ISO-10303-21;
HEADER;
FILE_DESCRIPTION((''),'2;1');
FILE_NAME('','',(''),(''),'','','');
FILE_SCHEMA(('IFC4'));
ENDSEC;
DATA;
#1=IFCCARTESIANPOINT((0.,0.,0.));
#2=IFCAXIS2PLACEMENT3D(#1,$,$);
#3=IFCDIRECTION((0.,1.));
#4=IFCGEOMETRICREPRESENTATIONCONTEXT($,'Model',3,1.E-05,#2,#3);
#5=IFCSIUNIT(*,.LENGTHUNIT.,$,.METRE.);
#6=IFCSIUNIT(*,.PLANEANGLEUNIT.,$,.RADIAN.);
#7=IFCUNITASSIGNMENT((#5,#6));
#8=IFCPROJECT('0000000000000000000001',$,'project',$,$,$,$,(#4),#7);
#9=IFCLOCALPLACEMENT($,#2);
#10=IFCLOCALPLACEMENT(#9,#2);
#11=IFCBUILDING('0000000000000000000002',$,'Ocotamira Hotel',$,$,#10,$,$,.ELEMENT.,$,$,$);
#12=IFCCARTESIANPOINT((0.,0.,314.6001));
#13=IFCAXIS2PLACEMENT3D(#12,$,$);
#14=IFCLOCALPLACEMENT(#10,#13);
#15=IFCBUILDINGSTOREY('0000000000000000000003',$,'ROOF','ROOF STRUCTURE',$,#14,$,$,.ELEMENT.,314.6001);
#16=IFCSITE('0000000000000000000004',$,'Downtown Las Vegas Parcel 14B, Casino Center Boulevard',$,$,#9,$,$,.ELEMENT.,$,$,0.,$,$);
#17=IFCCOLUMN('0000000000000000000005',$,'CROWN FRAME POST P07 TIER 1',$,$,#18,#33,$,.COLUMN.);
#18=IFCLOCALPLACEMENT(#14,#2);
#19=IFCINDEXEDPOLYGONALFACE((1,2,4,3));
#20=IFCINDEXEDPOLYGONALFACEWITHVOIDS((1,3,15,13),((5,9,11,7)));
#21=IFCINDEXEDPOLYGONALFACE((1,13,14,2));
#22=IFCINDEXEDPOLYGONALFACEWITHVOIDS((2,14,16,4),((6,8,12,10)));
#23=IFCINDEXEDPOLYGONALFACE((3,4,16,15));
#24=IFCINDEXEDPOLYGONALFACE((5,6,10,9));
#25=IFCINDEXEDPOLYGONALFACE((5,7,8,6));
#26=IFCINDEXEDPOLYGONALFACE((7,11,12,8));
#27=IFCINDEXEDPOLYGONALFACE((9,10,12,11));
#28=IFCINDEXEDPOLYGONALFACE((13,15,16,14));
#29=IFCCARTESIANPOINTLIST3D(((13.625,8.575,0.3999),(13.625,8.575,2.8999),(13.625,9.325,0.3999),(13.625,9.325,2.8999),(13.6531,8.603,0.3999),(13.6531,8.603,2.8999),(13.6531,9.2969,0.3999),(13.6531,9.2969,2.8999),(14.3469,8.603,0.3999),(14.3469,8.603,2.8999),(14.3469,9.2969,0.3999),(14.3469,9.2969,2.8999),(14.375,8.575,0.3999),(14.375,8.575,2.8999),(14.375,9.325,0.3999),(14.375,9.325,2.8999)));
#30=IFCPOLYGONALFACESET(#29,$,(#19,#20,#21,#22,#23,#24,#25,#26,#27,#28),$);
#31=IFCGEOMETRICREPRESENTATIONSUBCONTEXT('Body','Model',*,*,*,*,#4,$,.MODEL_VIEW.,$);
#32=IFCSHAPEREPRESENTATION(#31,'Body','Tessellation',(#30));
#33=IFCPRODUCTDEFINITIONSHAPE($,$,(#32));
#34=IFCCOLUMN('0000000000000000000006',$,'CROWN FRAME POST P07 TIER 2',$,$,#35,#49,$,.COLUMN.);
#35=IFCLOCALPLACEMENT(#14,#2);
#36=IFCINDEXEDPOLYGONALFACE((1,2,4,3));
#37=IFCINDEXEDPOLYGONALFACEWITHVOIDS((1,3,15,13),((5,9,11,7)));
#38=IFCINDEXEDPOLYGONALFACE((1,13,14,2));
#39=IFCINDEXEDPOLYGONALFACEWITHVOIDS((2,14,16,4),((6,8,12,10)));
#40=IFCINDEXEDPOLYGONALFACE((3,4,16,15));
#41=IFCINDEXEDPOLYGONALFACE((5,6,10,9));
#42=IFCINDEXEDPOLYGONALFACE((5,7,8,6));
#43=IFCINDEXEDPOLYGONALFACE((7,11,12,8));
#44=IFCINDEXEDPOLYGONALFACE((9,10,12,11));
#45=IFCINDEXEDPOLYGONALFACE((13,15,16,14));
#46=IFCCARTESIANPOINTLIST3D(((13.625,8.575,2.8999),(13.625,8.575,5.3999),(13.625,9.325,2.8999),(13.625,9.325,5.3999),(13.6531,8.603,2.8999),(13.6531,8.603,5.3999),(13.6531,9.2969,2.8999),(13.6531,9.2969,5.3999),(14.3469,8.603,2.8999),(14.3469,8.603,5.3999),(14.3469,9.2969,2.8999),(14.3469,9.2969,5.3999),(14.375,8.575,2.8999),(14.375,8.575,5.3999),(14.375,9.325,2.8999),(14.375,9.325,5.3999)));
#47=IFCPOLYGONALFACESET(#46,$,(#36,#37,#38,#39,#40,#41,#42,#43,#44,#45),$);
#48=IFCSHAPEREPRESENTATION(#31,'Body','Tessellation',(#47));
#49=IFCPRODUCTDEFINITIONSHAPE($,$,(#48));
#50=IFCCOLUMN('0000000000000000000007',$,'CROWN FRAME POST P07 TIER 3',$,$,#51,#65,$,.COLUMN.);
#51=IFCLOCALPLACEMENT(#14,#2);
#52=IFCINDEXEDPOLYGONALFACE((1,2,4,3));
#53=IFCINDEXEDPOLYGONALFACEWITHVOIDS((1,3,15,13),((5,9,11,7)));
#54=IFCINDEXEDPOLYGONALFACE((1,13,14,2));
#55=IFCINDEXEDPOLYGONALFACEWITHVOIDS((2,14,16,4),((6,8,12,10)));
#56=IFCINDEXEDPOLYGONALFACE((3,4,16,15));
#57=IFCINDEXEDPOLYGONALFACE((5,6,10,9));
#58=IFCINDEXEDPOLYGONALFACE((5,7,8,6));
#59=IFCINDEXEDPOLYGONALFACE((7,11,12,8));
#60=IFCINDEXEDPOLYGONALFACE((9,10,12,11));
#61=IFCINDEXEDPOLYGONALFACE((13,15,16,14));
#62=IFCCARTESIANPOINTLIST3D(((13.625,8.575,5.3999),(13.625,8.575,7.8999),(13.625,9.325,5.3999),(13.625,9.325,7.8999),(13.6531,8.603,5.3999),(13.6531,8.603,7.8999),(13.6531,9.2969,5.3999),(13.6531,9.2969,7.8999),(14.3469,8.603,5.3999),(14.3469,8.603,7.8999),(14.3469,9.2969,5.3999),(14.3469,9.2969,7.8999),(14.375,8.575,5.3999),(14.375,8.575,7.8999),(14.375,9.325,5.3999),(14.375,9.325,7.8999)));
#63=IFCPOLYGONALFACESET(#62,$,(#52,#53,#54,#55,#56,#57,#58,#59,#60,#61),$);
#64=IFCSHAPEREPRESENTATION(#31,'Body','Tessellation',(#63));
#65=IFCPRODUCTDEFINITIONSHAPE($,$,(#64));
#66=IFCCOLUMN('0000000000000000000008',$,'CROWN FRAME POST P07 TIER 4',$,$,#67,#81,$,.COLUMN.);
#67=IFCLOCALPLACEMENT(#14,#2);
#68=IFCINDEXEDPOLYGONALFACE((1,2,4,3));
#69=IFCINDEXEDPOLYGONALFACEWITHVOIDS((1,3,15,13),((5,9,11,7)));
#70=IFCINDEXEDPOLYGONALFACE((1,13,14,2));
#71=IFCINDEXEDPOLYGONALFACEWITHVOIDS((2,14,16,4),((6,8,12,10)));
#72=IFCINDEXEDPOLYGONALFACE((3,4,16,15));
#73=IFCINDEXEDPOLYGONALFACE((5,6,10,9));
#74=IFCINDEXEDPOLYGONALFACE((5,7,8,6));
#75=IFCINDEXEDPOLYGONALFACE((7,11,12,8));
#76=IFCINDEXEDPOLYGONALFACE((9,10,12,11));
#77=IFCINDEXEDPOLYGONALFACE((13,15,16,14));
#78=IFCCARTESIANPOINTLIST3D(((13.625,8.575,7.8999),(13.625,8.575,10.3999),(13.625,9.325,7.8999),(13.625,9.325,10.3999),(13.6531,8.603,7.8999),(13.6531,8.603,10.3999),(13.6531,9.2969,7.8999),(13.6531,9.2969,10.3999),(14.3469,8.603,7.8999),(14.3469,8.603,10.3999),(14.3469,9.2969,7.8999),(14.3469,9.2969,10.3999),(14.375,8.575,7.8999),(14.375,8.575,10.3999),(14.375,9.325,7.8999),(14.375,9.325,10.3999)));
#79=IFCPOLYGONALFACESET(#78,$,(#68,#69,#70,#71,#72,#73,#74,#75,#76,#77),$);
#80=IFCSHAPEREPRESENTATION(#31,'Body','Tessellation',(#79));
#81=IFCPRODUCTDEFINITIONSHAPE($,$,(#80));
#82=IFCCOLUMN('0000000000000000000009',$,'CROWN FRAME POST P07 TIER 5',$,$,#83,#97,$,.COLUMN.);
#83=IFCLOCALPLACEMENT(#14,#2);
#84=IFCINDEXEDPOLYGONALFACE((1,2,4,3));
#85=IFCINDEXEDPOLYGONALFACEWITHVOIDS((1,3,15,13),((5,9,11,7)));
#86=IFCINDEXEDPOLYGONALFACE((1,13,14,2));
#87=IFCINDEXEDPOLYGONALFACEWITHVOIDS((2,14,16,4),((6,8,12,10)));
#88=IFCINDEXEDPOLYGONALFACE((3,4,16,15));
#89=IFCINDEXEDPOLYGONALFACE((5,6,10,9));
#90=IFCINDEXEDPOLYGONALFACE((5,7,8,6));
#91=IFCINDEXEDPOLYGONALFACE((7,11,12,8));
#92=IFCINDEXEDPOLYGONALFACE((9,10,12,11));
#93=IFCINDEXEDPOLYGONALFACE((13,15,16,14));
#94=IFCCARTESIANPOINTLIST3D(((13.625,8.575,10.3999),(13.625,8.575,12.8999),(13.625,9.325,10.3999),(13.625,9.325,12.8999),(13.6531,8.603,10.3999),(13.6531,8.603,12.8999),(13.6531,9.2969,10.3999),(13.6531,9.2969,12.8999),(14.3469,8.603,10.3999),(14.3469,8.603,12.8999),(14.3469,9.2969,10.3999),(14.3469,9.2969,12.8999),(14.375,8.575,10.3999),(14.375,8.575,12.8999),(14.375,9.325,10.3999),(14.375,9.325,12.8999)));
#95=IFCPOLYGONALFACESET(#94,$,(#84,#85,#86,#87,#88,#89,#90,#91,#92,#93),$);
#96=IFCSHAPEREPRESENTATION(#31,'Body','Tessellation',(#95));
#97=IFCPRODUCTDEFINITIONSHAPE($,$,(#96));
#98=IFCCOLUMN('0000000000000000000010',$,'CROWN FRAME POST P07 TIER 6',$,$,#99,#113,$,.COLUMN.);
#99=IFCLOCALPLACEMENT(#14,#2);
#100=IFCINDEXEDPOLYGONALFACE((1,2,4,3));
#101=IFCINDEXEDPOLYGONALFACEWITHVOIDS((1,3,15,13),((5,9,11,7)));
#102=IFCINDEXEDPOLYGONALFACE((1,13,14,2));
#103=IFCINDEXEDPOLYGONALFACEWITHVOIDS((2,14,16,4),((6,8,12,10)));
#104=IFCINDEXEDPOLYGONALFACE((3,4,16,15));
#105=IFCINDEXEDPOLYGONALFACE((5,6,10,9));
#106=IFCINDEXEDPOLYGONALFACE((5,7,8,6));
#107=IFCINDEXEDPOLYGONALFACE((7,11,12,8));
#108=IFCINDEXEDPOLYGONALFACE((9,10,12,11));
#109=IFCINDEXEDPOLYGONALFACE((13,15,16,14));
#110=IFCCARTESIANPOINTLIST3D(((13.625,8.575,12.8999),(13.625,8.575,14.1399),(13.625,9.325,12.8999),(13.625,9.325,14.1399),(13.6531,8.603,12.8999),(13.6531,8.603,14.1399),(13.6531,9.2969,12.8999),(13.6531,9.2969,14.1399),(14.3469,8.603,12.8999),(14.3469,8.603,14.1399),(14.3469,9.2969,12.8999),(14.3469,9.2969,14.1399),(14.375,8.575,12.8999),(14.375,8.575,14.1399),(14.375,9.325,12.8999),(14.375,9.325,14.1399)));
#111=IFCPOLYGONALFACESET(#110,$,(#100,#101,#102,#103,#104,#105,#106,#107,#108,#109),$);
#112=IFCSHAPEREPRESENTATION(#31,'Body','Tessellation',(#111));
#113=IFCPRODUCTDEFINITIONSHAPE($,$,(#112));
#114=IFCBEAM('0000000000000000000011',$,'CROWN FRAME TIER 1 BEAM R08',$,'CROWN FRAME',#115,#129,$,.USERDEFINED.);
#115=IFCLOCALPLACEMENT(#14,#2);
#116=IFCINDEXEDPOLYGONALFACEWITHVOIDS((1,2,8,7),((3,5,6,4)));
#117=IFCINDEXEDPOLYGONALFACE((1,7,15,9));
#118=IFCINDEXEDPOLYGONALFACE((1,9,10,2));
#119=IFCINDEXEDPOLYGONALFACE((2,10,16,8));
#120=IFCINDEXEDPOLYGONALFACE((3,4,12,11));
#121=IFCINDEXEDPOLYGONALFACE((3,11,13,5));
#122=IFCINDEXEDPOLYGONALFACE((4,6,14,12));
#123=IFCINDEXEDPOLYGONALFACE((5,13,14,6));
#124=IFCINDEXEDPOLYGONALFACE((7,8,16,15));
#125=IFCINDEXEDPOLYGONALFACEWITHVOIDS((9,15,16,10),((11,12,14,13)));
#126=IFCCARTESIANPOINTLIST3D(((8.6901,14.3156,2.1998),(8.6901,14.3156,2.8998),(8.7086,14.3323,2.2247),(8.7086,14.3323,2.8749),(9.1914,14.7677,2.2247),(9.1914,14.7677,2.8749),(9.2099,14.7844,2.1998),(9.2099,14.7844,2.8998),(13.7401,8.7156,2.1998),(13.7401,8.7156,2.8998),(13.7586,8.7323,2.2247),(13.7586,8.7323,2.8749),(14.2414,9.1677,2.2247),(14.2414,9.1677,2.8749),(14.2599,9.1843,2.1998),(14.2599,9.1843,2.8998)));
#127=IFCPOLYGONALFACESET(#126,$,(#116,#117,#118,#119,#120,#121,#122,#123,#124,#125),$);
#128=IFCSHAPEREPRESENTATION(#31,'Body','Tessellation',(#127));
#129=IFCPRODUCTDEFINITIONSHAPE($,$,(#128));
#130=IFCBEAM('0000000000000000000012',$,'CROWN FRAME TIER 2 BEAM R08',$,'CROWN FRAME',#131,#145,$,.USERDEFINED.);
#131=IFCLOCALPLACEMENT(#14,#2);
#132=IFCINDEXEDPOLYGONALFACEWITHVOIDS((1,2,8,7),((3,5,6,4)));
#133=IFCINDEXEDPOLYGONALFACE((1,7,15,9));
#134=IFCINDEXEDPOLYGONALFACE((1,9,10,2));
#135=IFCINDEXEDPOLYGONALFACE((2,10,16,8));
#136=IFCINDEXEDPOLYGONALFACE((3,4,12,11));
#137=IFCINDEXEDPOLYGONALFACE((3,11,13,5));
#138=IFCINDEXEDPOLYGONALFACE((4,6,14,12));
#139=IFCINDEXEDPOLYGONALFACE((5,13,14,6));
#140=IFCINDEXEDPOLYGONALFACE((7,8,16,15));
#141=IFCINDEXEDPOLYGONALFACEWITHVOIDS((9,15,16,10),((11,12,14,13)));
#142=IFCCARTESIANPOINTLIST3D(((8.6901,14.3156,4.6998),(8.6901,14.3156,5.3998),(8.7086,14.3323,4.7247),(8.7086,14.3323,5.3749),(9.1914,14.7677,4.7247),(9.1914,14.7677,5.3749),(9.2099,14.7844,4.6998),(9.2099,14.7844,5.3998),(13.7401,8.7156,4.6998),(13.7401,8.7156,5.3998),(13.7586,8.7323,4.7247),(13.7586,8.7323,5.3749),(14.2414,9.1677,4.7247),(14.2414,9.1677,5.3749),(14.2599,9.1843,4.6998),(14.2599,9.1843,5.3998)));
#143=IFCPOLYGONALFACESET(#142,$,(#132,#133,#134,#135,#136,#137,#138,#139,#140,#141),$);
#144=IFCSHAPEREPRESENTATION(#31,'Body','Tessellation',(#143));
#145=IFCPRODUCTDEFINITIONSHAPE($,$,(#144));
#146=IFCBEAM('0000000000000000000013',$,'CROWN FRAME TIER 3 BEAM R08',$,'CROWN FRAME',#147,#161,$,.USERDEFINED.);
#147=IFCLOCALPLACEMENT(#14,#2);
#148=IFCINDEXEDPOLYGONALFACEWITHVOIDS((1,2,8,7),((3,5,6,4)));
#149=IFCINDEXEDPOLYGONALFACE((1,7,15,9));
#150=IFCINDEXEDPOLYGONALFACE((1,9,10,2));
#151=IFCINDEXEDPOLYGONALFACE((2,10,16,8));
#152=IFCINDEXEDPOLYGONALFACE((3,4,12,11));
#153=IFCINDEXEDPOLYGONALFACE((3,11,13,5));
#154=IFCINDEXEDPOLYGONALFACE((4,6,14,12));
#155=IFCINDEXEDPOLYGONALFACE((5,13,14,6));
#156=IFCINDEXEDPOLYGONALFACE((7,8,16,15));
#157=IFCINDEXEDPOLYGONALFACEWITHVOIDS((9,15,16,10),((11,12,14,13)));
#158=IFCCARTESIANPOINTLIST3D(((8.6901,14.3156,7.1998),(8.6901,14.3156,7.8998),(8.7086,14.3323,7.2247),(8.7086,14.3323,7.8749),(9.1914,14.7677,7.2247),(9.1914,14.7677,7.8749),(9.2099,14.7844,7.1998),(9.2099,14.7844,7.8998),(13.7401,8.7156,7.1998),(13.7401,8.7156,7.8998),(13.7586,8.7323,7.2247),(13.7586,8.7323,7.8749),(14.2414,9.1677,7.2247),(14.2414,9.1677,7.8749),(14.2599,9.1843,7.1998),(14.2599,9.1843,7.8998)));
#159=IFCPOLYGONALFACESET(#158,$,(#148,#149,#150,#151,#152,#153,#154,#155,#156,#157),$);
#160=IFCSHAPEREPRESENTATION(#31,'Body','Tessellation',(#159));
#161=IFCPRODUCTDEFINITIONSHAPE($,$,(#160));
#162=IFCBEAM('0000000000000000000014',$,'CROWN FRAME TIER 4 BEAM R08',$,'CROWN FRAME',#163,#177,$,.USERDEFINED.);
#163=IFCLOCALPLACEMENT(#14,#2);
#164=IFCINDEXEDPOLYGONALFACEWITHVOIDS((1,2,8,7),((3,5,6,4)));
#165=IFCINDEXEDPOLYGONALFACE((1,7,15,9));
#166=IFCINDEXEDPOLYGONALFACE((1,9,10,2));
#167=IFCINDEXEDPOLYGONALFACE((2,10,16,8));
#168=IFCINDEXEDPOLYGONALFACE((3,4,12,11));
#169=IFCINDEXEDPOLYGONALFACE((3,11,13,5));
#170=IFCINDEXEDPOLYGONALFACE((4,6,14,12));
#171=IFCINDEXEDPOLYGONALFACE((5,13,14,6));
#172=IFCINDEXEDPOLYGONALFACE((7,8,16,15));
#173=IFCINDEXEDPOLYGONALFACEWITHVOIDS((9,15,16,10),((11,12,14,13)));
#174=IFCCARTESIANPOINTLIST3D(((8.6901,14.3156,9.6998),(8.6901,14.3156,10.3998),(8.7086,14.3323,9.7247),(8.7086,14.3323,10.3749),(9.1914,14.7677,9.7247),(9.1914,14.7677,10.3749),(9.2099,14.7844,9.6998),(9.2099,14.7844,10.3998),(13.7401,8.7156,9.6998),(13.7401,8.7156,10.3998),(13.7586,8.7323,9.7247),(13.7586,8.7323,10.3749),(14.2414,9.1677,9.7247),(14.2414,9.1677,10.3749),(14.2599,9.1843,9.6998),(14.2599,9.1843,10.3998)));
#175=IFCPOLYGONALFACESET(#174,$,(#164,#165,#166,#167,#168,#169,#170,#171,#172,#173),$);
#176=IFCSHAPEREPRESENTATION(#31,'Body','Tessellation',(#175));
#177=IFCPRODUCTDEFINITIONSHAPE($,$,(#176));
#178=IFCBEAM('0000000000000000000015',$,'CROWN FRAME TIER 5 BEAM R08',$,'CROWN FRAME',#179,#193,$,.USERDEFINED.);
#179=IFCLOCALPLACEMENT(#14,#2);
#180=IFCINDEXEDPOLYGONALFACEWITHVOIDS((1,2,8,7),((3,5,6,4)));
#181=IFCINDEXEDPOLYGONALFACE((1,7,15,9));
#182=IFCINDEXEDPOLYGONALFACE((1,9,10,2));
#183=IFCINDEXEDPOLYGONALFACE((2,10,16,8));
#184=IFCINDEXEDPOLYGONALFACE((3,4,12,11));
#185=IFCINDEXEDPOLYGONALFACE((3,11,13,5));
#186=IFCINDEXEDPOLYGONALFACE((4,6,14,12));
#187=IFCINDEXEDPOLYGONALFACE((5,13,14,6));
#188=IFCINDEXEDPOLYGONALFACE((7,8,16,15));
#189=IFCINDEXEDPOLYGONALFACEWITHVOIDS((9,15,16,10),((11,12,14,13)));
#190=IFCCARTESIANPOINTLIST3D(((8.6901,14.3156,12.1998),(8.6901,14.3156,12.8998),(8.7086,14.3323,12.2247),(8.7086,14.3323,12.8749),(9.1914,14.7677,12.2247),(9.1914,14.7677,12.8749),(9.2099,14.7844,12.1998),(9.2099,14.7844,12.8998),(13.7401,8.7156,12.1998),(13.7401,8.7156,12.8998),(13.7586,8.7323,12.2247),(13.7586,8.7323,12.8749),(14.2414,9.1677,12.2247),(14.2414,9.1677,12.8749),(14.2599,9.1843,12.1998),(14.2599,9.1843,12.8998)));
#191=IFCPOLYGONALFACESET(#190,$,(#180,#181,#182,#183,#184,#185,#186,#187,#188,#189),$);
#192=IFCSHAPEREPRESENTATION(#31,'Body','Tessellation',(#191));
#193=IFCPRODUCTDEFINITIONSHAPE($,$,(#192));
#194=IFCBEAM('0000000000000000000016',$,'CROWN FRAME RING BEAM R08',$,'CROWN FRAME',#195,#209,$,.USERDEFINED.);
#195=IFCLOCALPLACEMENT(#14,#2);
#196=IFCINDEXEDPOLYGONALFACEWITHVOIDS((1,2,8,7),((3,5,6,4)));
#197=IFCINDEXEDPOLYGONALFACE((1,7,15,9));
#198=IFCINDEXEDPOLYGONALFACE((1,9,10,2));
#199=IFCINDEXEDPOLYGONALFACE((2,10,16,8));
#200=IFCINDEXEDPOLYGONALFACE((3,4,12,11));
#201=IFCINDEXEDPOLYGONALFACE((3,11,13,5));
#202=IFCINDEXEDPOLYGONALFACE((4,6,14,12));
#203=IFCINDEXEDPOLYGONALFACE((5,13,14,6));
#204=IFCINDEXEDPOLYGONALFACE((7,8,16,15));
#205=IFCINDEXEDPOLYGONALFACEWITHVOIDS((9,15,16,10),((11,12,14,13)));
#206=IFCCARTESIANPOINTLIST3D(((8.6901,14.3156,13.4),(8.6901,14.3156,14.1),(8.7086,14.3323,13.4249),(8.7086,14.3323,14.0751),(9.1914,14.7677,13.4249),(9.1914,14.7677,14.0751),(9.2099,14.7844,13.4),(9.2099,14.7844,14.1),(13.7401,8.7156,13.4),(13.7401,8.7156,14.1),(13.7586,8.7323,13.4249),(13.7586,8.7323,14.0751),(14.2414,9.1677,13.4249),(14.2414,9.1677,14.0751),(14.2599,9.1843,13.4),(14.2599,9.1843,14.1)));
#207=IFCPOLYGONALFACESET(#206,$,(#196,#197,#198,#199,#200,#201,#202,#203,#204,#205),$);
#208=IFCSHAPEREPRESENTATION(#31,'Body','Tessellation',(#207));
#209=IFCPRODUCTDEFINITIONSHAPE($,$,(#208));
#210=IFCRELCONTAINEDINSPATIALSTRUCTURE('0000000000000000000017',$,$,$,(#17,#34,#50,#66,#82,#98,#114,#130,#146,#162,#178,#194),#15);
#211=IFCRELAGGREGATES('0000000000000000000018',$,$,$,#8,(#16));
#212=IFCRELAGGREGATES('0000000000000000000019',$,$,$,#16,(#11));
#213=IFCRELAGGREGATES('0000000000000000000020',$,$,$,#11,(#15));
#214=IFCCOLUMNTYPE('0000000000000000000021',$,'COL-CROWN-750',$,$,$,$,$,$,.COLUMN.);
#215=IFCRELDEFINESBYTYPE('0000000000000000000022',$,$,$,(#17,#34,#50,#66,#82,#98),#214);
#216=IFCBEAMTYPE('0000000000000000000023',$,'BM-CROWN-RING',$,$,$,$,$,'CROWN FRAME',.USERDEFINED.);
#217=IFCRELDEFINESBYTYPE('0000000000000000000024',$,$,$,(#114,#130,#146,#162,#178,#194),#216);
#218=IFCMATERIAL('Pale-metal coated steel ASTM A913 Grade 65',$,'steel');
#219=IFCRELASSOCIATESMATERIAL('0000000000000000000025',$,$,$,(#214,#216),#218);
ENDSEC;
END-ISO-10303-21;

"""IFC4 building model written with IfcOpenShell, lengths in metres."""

from ifc_helpers import new_model, si_unit, direction, frame, origin, origin_2d, place, context, subcontext, project, spatial, hollow_rectangle, extrude, source, transform, mapped, material, material_profile, profile_set, type_object, element, save


model = new_model("IFC4")

# Units and contexts
model_context = context("Model", 3, precision=1e-05, world=origin(), true_north=direction((0.0, 1.0)))
body_context = subcontext(model_context, "Body", "Model", "MODEL_VIEW")
ifc_project = project(units=[si_unit("LENGTHUNIT", "METRE"), si_unit("PLANEANGLEUNIT", "RADIAN")], contexts=[model_context])

# Site, building, storey
site_placement = place(None, origin())
site = spatial("IfcSite", under=ifc_project, at=site_placement, Name="Downtown Las Vegas Parcel 14B, Casino Center Boulevard", CompositionType="ELEMENT", RefElevation=0.0)
building_placement = place(site_placement, origin())
building = spatial("IfcBuilding", under=site, at=building_placement, Name="Ocotamira Hotel", CompositionType="ELEMENT")
storey_placement = place(building_placement, frame((0.0, 0.0, 314.6001)))
storey = spatial("IfcBuildingStorey", under=building, at=storey_placement, Name="ROOF", Description="ROOF STRUCTURE", CompositionType="ELEMENT", Elevation=314.6001)

# Columns
ifc_material_1 = material(Name="Pale-metal coated steel ASTM A913 Grade 65", Category="steel")
ifc_material_profile_1 = material_profile(ifc_material_1, hollow_rectangle(XDim=0.75, YDim=0.75, WallThickness=0.0281, at=origin_2d()), Name="BOX750X750X28")
ifc_profile_set_1 = profile_set([ifc_material_profile_1], Name="Pale-metal coated steel ASTM A913 Grade 65")
column_type = type_object("IfcColumnType", Name="COL-CROWN-750", PredefinedType="COLUMN", material=ifc_profile_set_1)
shared_shape_1 = source(origin(), body_context, "Body", "SweptSolid", [
    extrude(hollow_rectangle(XDim=0.75, YDim=0.75, WallThickness=0.0281, at=origin_2d()), origin(), (0.0, 0.0, 1.0), 2.5),
])
for number, where, z_axis, x_axis, name in (
    (1, (14.0, 8.95, 0.3999), (0.0, 0.0, 1.0), (1.0, 0.0, 0.0), "CROWN FRAME POST P07 TIER 1"),
    (2, (14.0, 8.95, 2.8999), (0.0, 0.0, 1.0), (1.0, 0.0, 0.0), "CROWN FRAME POST P07 TIER 2"),
    (3, (14.0, 8.95, 5.3999), (0.0, 0.0, 1.0), (1.0, 0.0, 0.0), "CROWN FRAME POST P07 TIER 3"),
    (4, (14.0, 8.95, 7.8999), (0.0, 0.0, 1.0), (1.0, 0.0, 0.0), "CROWN FRAME POST P07 TIER 4"),
    (5, (14.0, 8.95, 10.3999), (0.0, 0.0, 1.0), (1.0, 0.0, 0.0), "CROWN FRAME POST P07 TIER 5"),
):
    element("IfcColumn", number, at=place(storey_placement, frame(where, z_axis=z_axis, x_axis=x_axis)), inside=storey, type_object=column_type, Name=name, PredefinedType="COLUMN", context=body_context, shape_type="MappedRepresentation", body=[
        mapped(shared_shape_1, transform((0.0, 0.0, 0.0), scale=1.0)),
    ])
shared_shape_2 = source(origin(), body_context, "Body", "SweptSolid", [
    extrude(hollow_rectangle(XDim=0.75, YDim=0.75, WallThickness=0.0281, at=origin_2d()), origin(), (0.0, 0.0, 1.0), 1.24),
])
column_placement = place(storey_placement, frame((14.0, 8.95, 12.8999), z_axis=(0.0, 0.0, 1.0), x_axis=(1.0, 0.0, 0.0)))
element("IfcColumn", 6, at=column_placement, inside=storey, type_object=column_type, Name="CROWN FRAME POST P07 TIER 6", PredefinedType="COLUMN", context=body_context, shape_type="MappedRepresentation", body=[
    mapped(shared_shape_2, transform((0.0, 0.0, 0.0), scale=1.0)),
])

# Beams
ifc_material_profile_2 = material_profile(ifc_material_1, hollow_rectangle(XDim=0.7, YDim=0.7, WallThickness=0.0249, at=origin_2d()), Name="BOX700X700X25")
ifc_profile_set_2 = profile_set([ifc_material_profile_2], Name="Pale-metal coated steel ASTM A913 Grade 65")
beam_type = type_object("IfcBeamType", Name="BM-CROWN-RING", ElementType="CROWN FRAME", PredefinedType="USERDEFINED", material=ifc_profile_set_2)
shared_shape_3 = source(origin(), body_context, "Body", "SweptSolid", [
    extrude(hollow_rectangle(XDim=0.7, YDim=0.7, WallThickness=0.0249, at=origin_2d()), origin(), (0.0, 0.0, 1.0), 7.5408),
])
for number, where, z_axis, x_axis, name in (
    (7, (14.0, 8.95, 2.5498), (-0.669694, 0.742637, 0.0), (-0.742637, -0.669694, 0.0), "CROWN FRAME TIER 1 BEAM R08"),
    (8, (14.0, 8.95, 5.0498), (-0.669694, 0.742637, 0.0), (-0.742637, -0.669694, 0.0), "CROWN FRAME TIER 2 BEAM R08"),
    (9, (14.0, 8.95, 7.5498), (-0.669694, 0.742637, 0.0), (-0.742637, -0.669694, 0.0), "CROWN FRAME TIER 3 BEAM R08"),
    (10, (14.0, 8.95, 10.0498), (-0.669694, 0.742637, 0.0), (-0.742637, -0.669694, 0.0), "CROWN FRAME TIER 4 BEAM R08"),
    (11, (14.0, 8.95, 12.5498), (-0.669694, 0.742637, 0.0), (-0.742637, -0.669694, 0.0), "CROWN FRAME TIER 5 BEAM R08"),
    (12, (14.0, 8.95, 13.75), (-0.669694, 0.742637, 0.0), (-0.742637, -0.669694, 0.0), "CROWN FRAME RING BEAM R08"),
):
    element("IfcBeam", number, at=place(storey_placement, frame(where, z_axis=z_axis, x_axis=x_axis)), inside=storey, type_object=beam_type, Name=name, ObjectType="CROWN FRAME", PredefinedType="USERDEFINED", context=body_context, shape_type="MappedRepresentation", body=[
        mapped(shared_shape_3, transform((0.0, 0.0, 0.0), scale=1.0)),
    ])

save(model, "model.ifc")
